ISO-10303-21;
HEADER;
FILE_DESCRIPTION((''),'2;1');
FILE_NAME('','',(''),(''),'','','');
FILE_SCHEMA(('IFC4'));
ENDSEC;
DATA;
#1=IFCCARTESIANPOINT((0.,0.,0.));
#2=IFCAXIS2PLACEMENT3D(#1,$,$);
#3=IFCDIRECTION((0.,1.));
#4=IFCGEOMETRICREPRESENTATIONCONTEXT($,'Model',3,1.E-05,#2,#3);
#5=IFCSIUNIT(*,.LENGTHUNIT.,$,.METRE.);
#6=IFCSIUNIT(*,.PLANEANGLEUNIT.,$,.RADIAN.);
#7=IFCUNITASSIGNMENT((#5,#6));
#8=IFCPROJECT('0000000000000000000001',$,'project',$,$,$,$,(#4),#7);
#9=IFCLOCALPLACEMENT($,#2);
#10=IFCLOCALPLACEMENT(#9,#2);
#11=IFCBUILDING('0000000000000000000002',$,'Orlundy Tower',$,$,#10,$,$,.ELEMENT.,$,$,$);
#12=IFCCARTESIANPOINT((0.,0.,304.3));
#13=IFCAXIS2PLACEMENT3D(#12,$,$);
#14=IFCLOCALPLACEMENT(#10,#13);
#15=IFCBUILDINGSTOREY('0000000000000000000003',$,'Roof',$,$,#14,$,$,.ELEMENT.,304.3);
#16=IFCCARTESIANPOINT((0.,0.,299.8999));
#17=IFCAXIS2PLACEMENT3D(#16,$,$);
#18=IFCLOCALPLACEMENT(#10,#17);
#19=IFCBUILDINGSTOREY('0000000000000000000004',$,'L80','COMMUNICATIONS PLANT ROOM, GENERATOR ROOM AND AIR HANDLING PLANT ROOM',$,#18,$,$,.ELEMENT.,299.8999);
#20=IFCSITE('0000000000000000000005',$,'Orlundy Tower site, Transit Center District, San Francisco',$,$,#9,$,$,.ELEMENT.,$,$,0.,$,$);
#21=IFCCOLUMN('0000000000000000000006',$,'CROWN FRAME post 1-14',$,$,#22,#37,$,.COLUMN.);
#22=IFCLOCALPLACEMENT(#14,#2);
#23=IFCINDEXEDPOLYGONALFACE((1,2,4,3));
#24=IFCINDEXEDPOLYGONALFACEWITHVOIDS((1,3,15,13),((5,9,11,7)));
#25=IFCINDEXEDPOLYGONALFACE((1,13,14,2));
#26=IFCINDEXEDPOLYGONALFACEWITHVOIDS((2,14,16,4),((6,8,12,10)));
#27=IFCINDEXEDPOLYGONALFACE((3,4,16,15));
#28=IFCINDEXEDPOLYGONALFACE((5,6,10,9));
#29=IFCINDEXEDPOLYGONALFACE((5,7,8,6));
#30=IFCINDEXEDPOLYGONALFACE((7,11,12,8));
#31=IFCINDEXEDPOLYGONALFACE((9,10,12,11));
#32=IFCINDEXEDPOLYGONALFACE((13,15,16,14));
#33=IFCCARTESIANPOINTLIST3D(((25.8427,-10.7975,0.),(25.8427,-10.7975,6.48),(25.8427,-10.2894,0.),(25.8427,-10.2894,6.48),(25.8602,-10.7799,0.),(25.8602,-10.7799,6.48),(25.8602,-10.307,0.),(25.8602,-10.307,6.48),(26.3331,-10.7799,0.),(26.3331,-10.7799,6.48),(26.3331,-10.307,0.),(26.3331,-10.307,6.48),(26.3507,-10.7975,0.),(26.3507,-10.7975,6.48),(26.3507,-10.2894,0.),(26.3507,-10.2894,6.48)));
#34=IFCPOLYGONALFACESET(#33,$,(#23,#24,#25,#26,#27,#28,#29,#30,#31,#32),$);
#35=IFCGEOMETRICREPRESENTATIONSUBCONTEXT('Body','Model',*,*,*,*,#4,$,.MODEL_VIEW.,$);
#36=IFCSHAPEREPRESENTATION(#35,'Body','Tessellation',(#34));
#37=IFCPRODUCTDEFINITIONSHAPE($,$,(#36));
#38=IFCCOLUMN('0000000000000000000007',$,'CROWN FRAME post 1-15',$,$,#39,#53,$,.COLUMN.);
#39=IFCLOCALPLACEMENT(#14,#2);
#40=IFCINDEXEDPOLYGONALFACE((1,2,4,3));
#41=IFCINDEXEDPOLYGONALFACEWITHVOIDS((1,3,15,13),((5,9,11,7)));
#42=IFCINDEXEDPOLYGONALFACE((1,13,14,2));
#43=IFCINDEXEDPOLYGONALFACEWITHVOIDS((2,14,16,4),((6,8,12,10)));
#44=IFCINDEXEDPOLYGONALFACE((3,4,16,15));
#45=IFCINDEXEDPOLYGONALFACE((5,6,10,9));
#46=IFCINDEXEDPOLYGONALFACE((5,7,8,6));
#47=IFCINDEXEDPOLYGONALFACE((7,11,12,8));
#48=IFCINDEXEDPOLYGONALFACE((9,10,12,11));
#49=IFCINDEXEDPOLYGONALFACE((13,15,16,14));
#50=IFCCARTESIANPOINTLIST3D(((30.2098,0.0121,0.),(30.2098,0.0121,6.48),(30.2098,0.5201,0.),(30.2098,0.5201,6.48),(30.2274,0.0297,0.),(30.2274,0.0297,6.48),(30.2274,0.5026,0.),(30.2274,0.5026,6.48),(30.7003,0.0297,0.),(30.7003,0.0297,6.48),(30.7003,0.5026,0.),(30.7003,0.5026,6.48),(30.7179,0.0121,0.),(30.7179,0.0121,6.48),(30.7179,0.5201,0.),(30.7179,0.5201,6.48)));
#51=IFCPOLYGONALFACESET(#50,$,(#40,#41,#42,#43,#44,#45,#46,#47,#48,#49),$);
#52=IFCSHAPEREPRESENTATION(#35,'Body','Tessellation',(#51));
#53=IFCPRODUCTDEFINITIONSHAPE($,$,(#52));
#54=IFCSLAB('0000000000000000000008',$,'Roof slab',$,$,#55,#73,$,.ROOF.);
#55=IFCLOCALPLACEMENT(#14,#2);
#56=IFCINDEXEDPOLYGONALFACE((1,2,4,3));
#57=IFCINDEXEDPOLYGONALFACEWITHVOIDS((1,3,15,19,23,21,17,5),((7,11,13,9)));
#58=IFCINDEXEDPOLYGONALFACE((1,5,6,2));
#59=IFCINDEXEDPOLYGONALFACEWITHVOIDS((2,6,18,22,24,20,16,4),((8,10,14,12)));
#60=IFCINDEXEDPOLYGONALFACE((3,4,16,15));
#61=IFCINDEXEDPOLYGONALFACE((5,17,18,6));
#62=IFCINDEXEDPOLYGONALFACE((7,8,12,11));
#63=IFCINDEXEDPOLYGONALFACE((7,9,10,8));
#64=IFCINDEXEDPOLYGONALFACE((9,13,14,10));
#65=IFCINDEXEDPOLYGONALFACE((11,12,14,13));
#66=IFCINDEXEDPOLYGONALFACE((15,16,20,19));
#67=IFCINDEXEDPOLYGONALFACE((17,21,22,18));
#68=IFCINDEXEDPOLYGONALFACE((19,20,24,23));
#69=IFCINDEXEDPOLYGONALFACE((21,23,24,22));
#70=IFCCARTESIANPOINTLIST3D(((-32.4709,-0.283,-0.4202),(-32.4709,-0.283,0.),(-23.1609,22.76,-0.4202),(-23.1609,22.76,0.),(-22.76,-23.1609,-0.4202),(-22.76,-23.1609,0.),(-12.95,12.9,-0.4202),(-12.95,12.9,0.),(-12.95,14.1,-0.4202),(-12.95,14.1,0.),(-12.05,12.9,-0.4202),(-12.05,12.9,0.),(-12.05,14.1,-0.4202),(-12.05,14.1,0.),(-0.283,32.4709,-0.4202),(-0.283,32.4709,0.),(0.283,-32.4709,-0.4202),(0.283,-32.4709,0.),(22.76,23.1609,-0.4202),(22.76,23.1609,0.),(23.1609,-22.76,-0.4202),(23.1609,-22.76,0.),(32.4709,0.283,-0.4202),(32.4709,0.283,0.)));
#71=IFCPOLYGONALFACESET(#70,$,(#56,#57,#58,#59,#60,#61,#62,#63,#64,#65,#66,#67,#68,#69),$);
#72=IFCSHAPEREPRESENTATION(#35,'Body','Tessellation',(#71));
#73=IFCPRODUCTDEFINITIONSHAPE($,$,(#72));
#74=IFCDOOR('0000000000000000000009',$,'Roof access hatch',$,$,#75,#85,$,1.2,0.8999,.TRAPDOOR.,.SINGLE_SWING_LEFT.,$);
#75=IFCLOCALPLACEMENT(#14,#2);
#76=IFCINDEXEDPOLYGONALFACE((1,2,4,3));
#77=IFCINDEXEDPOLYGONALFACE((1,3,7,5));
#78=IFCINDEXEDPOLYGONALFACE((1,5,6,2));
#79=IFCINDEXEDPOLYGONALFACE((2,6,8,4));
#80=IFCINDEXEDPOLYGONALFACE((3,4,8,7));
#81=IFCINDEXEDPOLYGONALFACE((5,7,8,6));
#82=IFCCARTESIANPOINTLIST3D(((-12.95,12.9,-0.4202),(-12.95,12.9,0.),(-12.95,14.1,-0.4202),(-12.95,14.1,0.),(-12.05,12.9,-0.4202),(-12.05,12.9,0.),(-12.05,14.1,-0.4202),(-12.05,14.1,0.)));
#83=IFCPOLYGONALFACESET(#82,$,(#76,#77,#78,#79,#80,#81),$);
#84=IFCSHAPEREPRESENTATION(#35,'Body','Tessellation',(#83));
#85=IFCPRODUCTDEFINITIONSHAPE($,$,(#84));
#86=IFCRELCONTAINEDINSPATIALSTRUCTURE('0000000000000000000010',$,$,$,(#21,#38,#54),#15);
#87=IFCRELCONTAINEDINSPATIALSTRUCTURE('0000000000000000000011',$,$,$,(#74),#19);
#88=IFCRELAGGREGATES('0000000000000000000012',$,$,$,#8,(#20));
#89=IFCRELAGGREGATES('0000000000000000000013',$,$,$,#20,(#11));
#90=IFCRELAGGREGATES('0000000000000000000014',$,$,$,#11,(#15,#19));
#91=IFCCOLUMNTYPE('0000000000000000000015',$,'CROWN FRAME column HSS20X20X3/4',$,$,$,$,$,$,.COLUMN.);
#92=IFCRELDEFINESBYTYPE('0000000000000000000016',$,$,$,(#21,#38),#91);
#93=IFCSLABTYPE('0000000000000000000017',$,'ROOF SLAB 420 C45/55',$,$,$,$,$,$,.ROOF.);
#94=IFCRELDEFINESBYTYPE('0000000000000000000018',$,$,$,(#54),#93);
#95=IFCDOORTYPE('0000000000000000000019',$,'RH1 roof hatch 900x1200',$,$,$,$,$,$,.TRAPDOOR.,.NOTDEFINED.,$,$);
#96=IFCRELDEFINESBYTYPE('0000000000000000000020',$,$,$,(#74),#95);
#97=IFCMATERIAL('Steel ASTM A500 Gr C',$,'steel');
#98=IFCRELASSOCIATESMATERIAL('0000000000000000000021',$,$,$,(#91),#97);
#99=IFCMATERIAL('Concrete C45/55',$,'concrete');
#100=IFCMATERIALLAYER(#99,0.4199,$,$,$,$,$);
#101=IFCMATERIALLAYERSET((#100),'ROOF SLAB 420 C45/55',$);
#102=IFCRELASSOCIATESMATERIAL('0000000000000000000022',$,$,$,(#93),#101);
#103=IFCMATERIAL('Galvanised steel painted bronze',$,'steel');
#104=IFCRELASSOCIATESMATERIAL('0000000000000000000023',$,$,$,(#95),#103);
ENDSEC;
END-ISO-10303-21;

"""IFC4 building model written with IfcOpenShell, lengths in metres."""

from ifc_helpers import new_model, si_unit, direction, frame, origin, origin_2d, place, context, subcontext, project, spatial, polyline, rectangle, hollow_rectangle, outline, extrude, material, layer, layer_set, material_profile, profile_set, type_object, element, fill, save


model = new_model("IFC4")

# Units and contexts
model_context = context("Model", 3, precision=1e-05, world=origin(), true_north=direction((0.0, 1.0)))
body_context = subcontext(model_context, "Body", "Model", "MODEL_VIEW")
ifc_project = project(units=[si_unit("LENGTHUNIT", "METRE"), si_unit("PLANEANGLEUNIT", "RADIAN")], contexts=[model_context])

# Site, building, storey
site_placement = place(None, origin())
site = spatial("IfcSite", under=ifc_project, at=site_placement, Name="Orlundy Tower site, Transit Center District, San Francisco", CompositionType="ELEMENT", RefElevation=0.0)
building_placement = place(site_placement, origin())
building = spatial("IfcBuilding", under=site, at=building_placement, Name="Orlundy Tower", CompositionType="ELEMENT")
storey_1_placement = place(building_placement, frame((0.0, 0.0, 304.3)))
storey_1 = spatial("IfcBuildingStorey", under=building, at=storey_1_placement, Name="Roof", CompositionType="ELEMENT", Elevation=304.3)

# Columns
ifc_material_1 = material(Name="Steel ASTM A500 Gr C", Category="steel")
ifc_material_profile = material_profile(ifc_material_1, hollow_rectangle(XDim=0.5081, YDim=0.5081, WallThickness=0.0176, at=origin_2d()), Name="HSS20X20X3/4")
ifc_profile_set = profile_set([ifc_material_profile], Name="Steel ASTM A500 Gr C")
column_type = type_object("IfcColumnType", Name="CROWN FRAME column HSS20X20X3/4", PredefinedType="COLUMN", material=ifc_profile_set)
for number, where, z_axis, x_axis, name in (
    (1, (26.0967, -10.5435, 0.0), (0.0, 0.0, 1.0), (1.0, 0.0, 0.0), "CROWN FRAME post 1-14"),
    (2, (30.4639, 0.2661, 0.0), (0.0, 0.0, 1.0), (1.0, 0.0, 0.0), "CROWN FRAME post 1-15"),
):
    element("IfcColumn", number, at=place(storey_1_placement, frame(where, z_axis=z_axis, x_axis=x_axis)), inside=storey_1, type_object=column_type, Name=name, PredefinedType="COLUMN", context=body_context, shape_type="SweptSolid", body=[
        extrude(hollow_rectangle(XDim=0.5081, YDim=0.5081, WallThickness=0.0176, at=origin_2d()), origin(), (0.0, 0.0, 1.0), 6.48),
    ])

# Slab, opening
ifc_material_2 = material(Name="Concrete C45/55", Category="concrete")
ifc_layer_1 = layer(ifc_material_2, 0.4199)
ifc_layer_set_1 = layer_set([ifc_layer_1], Name="ROOF SLAB 420 C45/55")
slab_type = type_object("IfcSlabType", Name="ROOF SLAB 420 C45/55", PredefinedType="ROOF", material=ifc_layer_set_1)
slab_placement = place(storey_1_placement, frame((0.0, 0.0, -0.4202)))
slab = element("IfcSlab", 3, at=slab_placement, inside=storey_1, type_object=slab_type, Name="Roof slab", PredefinedType="ROOF", context=body_context, shape_type="SweptSolid", body=[
    extrude(outline(polyline([(22.76, 23.1609), (32.4709, 0.283), (23.1609, -22.76), (0.283, -32.4709), (-22.76, -23.1609), (-32.4709, -0.283), (-23.1609, 22.76), (-0.283, 32.4709), (22.76, 23.1609)])), origin(), (0.0, 0.0, 1.0), 0.4202),
])
opening_placement = place(slab_placement, frame((-12.5, 13.5, 0.0)))
opening = element("IfcOpeningElement", 4, at=opening_placement, cuts=slab, PredefinedType="OPENING", context=body_context, shape_type="SweptSolid", body=[
    extrude(rectangle(XDim=0.8999, YDim=1.2, at=origin_2d()), origin(), (0.0, 0.0, 1.0), 0.4202),
])

# Shared definitions
storey_2_placement = place(building_placement, frame((0.0, 0.0, 299.8999)))
storey_2 = spatial("IfcBuildingStorey", under=building, at=storey_2_placement, Name="L80", Description="COMMUNICATIONS PLANT ROOM, GENERATOR ROOM AND AIR HANDLING PLANT ROOM", CompositionType="ELEMENT", Elevation=299.8999)

# Door
ifc_material_3 = material(Name="Galvanised steel painted bronze", Category="steel")
door_type = type_object("IfcDoorType", Name="RH1 roof hatch 900x1200", OperationType="NOTDEFINED", PredefinedType="TRAPDOOR", material=ifc_material_3)
door_placement = place(opening_placement, origin())
door = element("IfcDoor", 5, at=door_placement, inside=storey_2, type_object=door_type, Name="Roof access hatch", OperationType="SINGLE_SWING_LEFT", OverallHeight=1.2, OverallWidth=0.8999, PredefinedType="TRAPDOOR", context=body_context, shape_type="SweptSolid", body=[
    extrude(rectangle(XDim=0.8999, YDim=1.2, at=origin_2d()), origin(), (0.0, 0.0, 1.0), 0.4202),
])
fill(opening, door)

save(model, "model.ifc")
